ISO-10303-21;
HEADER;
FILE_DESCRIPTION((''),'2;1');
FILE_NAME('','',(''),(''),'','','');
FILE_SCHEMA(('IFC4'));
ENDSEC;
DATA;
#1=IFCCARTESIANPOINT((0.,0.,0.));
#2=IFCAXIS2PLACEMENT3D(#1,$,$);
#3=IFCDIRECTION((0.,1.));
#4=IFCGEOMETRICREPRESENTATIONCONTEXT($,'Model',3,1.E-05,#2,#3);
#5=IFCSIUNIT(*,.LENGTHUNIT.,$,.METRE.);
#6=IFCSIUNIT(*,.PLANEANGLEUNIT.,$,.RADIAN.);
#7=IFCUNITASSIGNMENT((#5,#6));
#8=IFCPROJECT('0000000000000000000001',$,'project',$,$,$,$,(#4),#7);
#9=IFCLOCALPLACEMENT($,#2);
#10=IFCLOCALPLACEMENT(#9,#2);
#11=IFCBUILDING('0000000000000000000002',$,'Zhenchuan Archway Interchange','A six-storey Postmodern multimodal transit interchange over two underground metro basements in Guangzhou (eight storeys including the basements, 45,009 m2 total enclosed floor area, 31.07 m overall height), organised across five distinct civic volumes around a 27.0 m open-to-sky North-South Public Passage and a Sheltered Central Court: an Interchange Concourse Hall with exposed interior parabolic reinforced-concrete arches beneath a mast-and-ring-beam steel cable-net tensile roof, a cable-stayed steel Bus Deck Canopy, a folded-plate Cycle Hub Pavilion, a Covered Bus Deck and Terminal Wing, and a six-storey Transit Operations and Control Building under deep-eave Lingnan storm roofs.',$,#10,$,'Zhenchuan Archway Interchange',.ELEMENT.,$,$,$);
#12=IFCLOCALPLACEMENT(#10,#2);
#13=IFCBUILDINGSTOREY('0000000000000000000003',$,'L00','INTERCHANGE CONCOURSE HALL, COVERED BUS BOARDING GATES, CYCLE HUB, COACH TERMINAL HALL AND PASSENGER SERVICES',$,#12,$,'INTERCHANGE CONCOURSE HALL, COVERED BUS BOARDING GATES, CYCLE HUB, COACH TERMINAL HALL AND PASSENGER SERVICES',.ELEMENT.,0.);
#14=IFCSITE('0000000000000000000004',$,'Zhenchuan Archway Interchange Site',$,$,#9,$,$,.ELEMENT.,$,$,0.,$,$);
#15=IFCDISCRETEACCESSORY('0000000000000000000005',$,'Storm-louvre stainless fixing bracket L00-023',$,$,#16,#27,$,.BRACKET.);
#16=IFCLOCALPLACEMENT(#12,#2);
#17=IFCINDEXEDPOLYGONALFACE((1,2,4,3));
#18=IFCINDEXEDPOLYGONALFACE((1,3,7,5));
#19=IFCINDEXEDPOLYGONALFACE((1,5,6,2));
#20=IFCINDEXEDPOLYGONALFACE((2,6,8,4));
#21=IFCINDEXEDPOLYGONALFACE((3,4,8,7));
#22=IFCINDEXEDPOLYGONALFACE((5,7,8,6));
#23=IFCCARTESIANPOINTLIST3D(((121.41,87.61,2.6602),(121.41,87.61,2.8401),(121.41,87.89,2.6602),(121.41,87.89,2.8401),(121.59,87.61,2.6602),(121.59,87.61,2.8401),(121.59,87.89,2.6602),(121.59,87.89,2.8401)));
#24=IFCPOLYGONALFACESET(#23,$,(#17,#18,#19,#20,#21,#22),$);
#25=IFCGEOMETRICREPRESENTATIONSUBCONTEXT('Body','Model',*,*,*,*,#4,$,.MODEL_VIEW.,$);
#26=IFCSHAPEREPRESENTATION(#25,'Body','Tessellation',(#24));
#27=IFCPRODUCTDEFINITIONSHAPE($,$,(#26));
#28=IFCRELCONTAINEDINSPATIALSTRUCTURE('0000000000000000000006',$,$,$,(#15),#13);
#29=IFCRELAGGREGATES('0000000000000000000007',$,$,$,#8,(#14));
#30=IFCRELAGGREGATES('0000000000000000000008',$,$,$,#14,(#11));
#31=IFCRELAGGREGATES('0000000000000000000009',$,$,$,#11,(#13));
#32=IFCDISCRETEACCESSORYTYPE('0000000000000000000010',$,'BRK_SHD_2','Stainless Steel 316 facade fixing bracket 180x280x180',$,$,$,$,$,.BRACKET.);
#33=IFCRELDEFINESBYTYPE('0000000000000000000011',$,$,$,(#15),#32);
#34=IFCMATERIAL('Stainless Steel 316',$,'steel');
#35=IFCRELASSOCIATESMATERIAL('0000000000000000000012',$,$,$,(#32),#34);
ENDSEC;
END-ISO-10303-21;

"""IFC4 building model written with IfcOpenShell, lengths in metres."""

from ifc_helpers import new_model, si_unit, direction, frame, origin, origin_2d, place, context, subcontext, project, spatial, rectangle, extrude, material, type_object, element, save


model = new_model("IFC4")

# Units and contexts
model_context = context("Model", 3, precision=1e-05, world=origin(), true_north=direction((0.0, 1.0)))
body_context = subcontext(model_context, "Body", "Model", "MODEL_VIEW")
ifc_project = project(units=[si_unit("LENGTHUNIT", "METRE"), si_unit("PLANEANGLEUNIT", "RADIAN")], contexts=[model_context])

# Site, building, storey
site_placement = place(None, origin())
site = spatial("IfcSite", under=ifc_project, at=site_placement, Name="Zhenchuan Archway Interchange Site", CompositionType="ELEMENT", RefElevation=0.0)
building_placement = place(site_placement, origin())
building = spatial("IfcBuilding", under=site, at=building_placement, Name="Zhenchuan Archway Interchange", Description="A six-storey Postmodern multimodal transit interchange over two underground metro basements in Guangzhou (eight storeys including the basements, 45,009 m2 total enclosed floor area, 31.07 m overall height), organised across five distinct civic volumes around a 27.0 m open-to-sky North-South Public Passage and a Sheltered Central Court: an Interchange Concourse Hall with exposed interior parabolic reinforced-concrete arches beneath a mast-and-ring-beam steel cable-net tensile roof, a cable-stayed steel Bus Deck Canopy, a folded-plate Cycle Hub Pavilion, a Covered Bus Deck and Terminal Wing, and a six-storey Transit Operations and Control Building under deep-eave Lingnan storm roofs.", LongName="Zhenchuan Archway Interchange", CompositionType="ELEMENT")
storey_placement = place(building_placement, origin())
storey = spatial("IfcBuildingStorey", under=building, at=storey_placement, Name="L00", Description="INTERCHANGE CONCOURSE HALL, COVERED BUS BOARDING GATES, CYCLE HUB, COACH TERMINAL HALL AND PASSENGER SERVICES", LongName="INTERCHANGE CONCOURSE HALL, COVERED BUS BOARDING GATES, CYCLE HUB, COACH TERMINAL HALL AND PASSENGER SERVICES", CompositionType="ELEMENT", Elevation=0.0)

# Discrete accessory
ifc_material_1 = material(Name="Stainless Steel 316", Category="steel")
discrete_accessory_type = type_object("IfcDiscreteAccessoryType", Name="BRK_SHD_2", Description="Stainless Steel 316 facade fixing bracket 180x280x180", PredefinedType="BRACKET", material=ifc_material_1)
discrete_accessory_placement = place(storey_placement, frame((121.5, 87.75, 2.6602), z_axis=(0.0, 0.0, 1.0), x_axis=(-1.0, 0.0, 0.0)))
element("IfcDiscreteAccessory", 1, at=discrete_accessory_placement, inside=storey, type_object=discrete_accessory_type, Name="Storm-louvre stainless fixing bracket L00-023", PredefinedType="BRACKET", context=body_context, shape_type="SweptSolid", body=[
    extrude(rectangle(XDim=0.1799, YDim=0.28, at=origin_2d()), origin(), (0.0, 0.0, 1.0), 0.1799),
])

save(model, "model.ifc")
